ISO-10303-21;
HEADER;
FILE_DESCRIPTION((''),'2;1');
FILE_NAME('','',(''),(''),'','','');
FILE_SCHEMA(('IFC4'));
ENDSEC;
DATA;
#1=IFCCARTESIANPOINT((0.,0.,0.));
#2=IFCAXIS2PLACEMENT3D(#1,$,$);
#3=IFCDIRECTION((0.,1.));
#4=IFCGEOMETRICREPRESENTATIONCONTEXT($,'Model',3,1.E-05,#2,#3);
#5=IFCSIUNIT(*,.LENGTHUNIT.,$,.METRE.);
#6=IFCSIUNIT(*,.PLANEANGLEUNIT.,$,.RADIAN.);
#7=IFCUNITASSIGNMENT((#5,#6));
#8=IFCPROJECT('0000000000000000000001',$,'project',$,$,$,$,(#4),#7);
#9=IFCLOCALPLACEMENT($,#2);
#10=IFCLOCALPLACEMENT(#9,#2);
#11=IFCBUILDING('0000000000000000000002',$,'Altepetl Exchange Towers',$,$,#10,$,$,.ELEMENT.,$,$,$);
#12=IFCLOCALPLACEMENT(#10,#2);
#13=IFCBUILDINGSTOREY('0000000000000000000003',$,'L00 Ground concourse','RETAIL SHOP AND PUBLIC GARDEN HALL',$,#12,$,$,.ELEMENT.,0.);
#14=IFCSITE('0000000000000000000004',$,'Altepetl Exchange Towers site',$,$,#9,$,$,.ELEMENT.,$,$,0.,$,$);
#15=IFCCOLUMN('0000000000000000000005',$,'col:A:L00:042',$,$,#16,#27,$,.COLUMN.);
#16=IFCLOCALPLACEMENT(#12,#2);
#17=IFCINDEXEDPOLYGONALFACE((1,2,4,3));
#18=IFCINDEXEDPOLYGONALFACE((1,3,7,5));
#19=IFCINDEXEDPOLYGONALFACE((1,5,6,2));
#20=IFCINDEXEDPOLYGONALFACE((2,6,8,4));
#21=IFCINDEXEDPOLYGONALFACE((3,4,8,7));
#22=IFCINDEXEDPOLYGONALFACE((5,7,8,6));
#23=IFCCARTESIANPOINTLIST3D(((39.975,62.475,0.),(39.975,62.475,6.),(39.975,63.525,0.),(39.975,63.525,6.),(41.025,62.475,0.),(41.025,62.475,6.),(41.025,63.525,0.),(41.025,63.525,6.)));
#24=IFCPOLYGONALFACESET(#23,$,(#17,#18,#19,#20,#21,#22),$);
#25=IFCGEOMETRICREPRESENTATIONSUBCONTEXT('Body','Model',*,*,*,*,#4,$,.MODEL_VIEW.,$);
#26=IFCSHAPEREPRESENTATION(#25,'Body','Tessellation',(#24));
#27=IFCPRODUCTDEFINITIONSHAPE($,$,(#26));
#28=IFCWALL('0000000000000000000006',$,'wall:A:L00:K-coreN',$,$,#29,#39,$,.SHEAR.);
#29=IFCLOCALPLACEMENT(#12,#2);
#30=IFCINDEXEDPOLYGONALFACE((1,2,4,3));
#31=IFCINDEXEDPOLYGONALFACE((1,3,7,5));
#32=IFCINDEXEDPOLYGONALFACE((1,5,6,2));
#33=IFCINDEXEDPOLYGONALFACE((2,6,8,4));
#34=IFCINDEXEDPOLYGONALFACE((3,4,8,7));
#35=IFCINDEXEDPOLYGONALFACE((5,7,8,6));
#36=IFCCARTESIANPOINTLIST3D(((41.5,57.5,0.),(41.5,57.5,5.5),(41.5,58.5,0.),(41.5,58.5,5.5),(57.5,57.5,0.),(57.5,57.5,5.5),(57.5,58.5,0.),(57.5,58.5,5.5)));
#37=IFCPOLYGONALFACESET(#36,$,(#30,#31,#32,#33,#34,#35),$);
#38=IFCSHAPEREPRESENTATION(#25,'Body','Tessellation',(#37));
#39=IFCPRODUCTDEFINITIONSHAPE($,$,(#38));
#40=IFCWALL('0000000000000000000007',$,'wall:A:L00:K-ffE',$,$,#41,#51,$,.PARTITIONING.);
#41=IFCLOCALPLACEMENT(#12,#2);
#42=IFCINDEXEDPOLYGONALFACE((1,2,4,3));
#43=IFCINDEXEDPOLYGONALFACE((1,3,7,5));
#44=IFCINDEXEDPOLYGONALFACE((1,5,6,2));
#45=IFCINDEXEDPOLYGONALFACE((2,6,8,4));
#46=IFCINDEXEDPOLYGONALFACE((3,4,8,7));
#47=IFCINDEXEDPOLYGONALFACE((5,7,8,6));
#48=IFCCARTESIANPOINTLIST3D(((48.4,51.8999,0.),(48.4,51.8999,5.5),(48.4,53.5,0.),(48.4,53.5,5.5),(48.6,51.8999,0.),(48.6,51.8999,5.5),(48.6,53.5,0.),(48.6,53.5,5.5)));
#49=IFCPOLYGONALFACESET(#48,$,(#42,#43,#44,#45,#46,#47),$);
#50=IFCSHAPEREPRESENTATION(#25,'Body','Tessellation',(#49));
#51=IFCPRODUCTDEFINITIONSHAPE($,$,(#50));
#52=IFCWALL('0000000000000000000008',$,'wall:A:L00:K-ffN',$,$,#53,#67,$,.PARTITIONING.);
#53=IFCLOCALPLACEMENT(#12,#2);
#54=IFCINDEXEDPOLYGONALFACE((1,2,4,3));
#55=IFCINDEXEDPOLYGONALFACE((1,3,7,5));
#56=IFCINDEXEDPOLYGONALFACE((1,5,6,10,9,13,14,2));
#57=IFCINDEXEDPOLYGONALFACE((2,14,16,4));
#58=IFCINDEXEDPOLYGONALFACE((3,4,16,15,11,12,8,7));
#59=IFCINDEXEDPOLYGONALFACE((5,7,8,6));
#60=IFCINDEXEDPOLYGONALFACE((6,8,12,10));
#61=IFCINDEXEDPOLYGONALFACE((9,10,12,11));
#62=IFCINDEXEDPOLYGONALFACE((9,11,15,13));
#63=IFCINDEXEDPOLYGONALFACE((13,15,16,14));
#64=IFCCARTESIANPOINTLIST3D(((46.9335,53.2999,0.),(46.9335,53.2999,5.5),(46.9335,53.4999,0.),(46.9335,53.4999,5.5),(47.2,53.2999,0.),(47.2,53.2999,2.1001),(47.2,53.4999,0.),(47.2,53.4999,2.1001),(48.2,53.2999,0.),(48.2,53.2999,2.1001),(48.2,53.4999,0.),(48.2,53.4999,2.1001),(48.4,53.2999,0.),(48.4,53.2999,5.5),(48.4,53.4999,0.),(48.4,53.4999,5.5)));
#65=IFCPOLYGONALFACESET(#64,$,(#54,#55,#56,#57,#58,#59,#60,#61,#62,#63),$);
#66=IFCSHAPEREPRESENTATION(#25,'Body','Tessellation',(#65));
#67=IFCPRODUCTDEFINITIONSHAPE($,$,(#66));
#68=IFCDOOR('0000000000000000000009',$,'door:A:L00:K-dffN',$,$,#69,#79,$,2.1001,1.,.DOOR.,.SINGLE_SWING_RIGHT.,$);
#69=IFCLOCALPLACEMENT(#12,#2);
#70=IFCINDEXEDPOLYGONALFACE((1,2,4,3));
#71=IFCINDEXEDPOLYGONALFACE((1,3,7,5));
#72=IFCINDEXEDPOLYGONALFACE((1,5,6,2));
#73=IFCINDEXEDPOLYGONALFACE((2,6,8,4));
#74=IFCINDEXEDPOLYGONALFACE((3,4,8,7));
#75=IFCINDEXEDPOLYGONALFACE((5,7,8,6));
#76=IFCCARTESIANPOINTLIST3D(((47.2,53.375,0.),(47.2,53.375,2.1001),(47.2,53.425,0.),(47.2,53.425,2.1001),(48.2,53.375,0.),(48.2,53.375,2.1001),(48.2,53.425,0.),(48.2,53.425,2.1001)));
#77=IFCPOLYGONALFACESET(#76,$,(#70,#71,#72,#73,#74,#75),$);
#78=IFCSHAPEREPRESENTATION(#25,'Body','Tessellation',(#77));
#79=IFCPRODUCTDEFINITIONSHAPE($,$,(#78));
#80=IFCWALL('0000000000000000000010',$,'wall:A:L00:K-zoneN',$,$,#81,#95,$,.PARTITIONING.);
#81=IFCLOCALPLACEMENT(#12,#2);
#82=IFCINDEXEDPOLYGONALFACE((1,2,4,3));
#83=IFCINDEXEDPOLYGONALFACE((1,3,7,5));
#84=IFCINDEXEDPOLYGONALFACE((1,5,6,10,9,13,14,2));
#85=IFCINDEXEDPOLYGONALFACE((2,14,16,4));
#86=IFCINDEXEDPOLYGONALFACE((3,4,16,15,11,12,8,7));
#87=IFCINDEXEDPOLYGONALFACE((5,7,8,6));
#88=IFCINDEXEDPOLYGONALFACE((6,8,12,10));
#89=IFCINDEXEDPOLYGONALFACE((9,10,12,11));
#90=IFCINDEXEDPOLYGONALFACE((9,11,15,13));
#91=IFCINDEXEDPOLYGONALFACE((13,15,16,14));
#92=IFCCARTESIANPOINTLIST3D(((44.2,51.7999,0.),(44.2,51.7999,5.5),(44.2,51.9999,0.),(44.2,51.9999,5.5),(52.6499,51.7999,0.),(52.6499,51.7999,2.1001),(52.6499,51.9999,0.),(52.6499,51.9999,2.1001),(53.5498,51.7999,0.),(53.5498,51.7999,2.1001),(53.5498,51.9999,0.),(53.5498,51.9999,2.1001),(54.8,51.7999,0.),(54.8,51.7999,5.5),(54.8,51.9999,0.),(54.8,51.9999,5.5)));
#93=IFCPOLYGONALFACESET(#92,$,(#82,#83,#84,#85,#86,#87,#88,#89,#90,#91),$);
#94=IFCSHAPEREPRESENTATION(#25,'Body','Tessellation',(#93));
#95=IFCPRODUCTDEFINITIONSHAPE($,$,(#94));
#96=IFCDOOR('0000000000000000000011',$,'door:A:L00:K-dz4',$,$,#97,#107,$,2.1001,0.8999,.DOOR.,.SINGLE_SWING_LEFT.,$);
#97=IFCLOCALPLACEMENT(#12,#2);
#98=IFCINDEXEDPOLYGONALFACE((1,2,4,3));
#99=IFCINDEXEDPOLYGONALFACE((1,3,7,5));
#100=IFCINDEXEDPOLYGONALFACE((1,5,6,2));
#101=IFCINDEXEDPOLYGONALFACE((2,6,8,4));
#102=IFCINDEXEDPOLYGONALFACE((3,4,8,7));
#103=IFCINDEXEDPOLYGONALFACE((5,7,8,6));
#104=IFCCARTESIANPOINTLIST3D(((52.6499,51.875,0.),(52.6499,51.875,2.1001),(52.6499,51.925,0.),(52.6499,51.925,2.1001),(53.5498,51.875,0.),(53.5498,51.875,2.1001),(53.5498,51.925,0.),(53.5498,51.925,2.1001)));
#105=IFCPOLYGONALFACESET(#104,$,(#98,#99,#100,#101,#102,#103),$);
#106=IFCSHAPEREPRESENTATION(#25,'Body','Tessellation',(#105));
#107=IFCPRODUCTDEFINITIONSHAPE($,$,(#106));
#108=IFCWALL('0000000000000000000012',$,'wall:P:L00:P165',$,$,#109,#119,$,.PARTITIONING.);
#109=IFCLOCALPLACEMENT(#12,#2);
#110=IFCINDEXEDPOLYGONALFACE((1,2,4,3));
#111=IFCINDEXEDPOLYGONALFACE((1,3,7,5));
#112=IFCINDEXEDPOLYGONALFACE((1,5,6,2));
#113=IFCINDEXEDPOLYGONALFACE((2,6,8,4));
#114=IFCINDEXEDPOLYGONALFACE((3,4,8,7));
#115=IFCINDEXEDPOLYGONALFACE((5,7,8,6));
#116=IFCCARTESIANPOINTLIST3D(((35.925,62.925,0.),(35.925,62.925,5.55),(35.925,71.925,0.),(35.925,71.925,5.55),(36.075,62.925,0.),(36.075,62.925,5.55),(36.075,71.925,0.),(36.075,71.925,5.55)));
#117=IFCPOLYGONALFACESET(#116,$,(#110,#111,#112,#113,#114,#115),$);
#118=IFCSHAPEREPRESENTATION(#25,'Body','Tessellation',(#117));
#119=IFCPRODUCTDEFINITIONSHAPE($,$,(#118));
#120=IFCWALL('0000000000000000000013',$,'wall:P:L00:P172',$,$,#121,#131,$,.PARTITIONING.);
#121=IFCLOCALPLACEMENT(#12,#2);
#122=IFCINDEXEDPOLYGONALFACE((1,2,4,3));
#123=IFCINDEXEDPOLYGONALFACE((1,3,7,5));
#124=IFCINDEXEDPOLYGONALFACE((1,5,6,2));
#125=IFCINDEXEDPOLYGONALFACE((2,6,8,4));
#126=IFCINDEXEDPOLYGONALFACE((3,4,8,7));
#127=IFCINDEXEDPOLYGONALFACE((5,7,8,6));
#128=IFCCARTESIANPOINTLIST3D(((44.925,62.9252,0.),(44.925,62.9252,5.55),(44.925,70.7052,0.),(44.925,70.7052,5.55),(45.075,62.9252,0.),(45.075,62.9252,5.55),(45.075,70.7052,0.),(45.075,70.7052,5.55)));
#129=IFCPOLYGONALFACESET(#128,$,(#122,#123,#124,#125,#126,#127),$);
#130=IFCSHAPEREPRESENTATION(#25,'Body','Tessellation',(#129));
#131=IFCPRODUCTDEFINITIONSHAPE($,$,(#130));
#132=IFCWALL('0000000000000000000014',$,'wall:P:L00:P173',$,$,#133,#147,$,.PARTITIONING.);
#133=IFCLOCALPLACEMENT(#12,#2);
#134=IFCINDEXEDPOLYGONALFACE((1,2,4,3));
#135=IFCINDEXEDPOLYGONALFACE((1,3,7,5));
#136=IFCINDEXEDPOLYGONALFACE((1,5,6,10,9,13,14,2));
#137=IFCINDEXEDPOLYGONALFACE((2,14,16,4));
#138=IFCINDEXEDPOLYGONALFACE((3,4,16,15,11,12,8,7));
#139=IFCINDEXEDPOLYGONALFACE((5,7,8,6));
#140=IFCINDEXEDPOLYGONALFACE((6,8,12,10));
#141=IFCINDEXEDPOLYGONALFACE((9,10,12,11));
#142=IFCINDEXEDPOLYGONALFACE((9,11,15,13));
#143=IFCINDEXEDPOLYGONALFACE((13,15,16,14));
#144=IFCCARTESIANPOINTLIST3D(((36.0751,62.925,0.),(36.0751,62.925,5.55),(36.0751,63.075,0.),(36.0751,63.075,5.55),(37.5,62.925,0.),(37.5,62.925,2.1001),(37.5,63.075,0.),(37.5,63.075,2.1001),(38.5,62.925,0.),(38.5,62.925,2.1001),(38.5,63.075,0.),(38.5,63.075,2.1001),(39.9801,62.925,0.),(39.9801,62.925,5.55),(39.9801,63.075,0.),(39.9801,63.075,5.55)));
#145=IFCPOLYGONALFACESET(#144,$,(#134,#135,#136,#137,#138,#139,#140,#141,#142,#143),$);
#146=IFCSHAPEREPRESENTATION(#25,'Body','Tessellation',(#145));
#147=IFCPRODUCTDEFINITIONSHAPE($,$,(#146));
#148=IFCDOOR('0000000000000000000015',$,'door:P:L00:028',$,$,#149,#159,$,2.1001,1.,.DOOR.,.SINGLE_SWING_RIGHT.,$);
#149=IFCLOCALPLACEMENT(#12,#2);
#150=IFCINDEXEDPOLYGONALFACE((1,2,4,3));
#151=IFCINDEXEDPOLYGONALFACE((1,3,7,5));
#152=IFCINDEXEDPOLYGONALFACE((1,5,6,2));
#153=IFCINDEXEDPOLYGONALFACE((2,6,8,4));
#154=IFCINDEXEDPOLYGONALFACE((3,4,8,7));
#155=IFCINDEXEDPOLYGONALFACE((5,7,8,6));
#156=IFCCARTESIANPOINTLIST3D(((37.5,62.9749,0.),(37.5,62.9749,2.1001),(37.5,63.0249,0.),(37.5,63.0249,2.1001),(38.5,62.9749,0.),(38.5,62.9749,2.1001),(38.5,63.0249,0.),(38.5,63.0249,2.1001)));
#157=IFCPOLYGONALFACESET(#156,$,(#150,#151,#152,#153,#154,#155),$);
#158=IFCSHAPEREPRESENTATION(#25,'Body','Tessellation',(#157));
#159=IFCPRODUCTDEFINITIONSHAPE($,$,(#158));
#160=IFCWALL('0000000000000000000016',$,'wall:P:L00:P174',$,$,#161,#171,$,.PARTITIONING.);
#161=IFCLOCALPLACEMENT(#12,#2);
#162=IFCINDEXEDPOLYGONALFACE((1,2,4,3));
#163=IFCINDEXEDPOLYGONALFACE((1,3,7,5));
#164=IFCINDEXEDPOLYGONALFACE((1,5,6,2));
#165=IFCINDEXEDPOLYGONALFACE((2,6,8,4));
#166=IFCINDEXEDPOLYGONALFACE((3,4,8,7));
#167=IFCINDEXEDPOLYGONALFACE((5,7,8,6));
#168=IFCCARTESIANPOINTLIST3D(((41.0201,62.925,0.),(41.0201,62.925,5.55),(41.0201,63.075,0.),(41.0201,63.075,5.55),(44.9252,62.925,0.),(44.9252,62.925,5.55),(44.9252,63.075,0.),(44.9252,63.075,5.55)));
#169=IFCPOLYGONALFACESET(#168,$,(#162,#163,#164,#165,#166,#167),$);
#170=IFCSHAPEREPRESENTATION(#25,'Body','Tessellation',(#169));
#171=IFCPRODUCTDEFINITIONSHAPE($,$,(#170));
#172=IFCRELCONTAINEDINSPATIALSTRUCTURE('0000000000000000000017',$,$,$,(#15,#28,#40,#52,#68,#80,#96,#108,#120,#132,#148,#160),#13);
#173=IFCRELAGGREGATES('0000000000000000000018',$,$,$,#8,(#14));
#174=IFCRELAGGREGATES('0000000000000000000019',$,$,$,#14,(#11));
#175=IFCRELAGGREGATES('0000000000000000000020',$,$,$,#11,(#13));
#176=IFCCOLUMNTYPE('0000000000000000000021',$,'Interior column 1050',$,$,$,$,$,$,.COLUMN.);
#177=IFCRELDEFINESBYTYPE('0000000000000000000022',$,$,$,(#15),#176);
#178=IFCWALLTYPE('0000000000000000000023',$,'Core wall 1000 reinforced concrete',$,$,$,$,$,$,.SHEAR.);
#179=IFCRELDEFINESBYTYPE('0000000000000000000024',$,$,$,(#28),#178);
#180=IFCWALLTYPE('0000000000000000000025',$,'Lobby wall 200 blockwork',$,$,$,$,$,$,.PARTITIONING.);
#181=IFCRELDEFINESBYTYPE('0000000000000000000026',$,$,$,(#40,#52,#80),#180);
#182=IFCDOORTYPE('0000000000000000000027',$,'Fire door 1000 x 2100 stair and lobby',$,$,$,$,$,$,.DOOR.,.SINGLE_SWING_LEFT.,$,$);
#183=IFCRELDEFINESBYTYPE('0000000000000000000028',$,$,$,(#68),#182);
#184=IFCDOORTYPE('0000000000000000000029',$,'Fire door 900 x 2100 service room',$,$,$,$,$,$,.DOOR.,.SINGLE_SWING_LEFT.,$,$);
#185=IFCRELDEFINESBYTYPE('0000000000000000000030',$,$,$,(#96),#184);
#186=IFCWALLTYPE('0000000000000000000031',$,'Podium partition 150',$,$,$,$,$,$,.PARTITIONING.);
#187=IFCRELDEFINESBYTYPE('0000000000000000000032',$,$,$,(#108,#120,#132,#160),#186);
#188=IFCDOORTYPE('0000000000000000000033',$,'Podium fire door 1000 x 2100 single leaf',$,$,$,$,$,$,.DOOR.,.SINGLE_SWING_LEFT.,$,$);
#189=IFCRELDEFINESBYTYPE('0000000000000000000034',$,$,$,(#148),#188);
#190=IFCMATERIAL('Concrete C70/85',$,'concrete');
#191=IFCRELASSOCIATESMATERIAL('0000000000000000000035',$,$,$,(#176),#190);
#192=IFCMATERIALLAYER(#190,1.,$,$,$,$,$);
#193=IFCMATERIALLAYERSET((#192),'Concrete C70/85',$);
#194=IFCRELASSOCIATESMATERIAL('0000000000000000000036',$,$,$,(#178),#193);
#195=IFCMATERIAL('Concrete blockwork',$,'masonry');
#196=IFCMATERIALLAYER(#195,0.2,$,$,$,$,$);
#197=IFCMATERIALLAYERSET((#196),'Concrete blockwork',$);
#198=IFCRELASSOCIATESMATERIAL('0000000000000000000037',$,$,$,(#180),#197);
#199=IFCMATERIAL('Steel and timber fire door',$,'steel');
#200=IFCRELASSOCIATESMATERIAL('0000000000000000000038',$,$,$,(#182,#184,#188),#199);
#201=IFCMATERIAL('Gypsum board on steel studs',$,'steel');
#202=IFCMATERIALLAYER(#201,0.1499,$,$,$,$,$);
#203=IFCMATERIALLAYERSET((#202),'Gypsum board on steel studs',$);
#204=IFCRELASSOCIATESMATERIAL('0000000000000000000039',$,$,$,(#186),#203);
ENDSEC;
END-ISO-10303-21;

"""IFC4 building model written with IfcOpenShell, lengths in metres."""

from ifc_helpers import new_model, si_unit, direction, frame, frame_2d, origin, origin_2d, place, context, subcontext, project, spatial, rectangle, extrude, material, layer, layer_set, material_profile, profile_set, type_object, element, fill, save


model = new_model("IFC4")

# Units and contexts
model_context = context("Model", 3, precision=1e-05, world=origin(), true_north=direction((0.0, 1.0)))
body_context = subcontext(model_context, "Body", "Model", "MODEL_VIEW")
ifc_project = project(units=[si_unit("LENGTHUNIT", "METRE"), si_unit("PLANEANGLEUNIT", "RADIAN")], contexts=[model_context])

# Site, building, storey
site_placement = place(None, origin())
site = spatial("IfcSite", under=ifc_project, at=site_placement, Name="Altepetl Exchange Towers site", CompositionType="ELEMENT", RefElevation=0.0)
building_placement = place(site_placement, origin())
building = spatial("IfcBuilding", under=site, at=building_placement, Name="Altepetl Exchange Towers", CompositionType="ELEMENT")
storey_placement = place(building_placement, origin())
storey = spatial("IfcBuildingStorey", under=building, at=storey_placement, Name="L00 Ground concourse", Description="RETAIL SHOP AND PUBLIC GARDEN HALL", CompositionType="ELEMENT", Elevation=0.0)

# Column
ifc_material_1 = material(Name="Concrete C70/85", Category="concrete")
ifc_material_profile = material_profile(ifc_material_1, rectangle(XDim=1.05, YDim=1.05, at=origin_2d()), Name="1050 x 1050")
ifc_profile_set = profile_set([ifc_material_profile], Name="Concrete C70/85")
column_type = type_object("IfcColumnType", Name="Interior column 1050", PredefinedType="COLUMN", material=ifc_profile_set)
column_placement = place(storey_placement, frame((40.5, 63.0, 0.0)))
element("IfcColumn", 1, at=column_placement, inside=storey, type_object=column_type, Name="col:A:L00:042", PredefinedType="COLUMN", context=body_context, shape_type="SweptSolid", body=[
    extrude(rectangle(XDim=1.05, YDim=1.05, at=origin_2d()), origin(), (0.0, 0.0, 1.0), 6.0),
])

# Walls
ifc_layer_1 = layer(ifc_material_1, 1.0)
ifc_layer_set_1 = layer_set([ifc_layer_1], Name="Concrete C70/85")
wall_type_1 = type_object("IfcWallType", Name="Core wall 1000 reinforced concrete", PredefinedType="SHEAR", material=ifc_layer_set_1)
wall_1_placement = place(storey_placement, frame((41.5, 58.0, 0.0)))
element("IfcWall", 2, at=wall_1_placement, inside=storey, type_object=wall_type_1, Name="wall:A:L00:K-coreN", PredefinedType="SHEAR", context=body_context, shape_type="SweptSolid", body=[
    extrude(rectangle(XDim=16.0, YDim=1.0, at=frame_2d((8.0, 0.0))), origin(), (0.0, 0.0, 1.0), 5.5),
])
ifc_material_2 = material(Name="Concrete blockwork", Category="masonry")
ifc_layer_2 = layer(ifc_material_2, 0.2)
ifc_layer_set_2 = layer_set([ifc_layer_2], Name="Concrete blockwork")
wall_type_2 = type_object("IfcWallType", Name="Lobby wall 200 blockwork", PredefinedType="PARTITIONING", material=ifc_layer_set_2)
wall_2_placement = place(storey_placement, frame((48.5, 51.8999, 0.0), z_axis=(0.0, 0.0, 1.0), x_axis=(0.0, 1.0, 0.0)))
element("IfcWall", 3, at=wall_2_placement, inside=storey, type_object=wall_type_2, Name="wall:A:L00:K-ffE", PredefinedType="PARTITIONING", context=body_context, shape_type="SweptSolid", body=[
    extrude(rectangle(XDim=1.6001, YDim=0.2, at=frame_2d((0.8, 0.0))), origin(), (0.0, 0.0, 1.0), 5.5),
])

# Walls, openings, doors
wall_3_placement = place(storey_placement, frame((46.9333, 53.3999, 0.0)))
wall_3 = element("IfcWall", 4, at=wall_3_placement, inside=storey, type_object=wall_type_2, Name="wall:A:L00:K-ffN", PredefinedType="PARTITIONING", context=body_context, shape_type="SweptSolid", body=[
    extrude(rectangle(XDim=1.4666, YDim=0.2, at=frame_2d((0.7334, 0.0))), origin(), (0.0, 0.0, 1.0), 5.5),
])
opening_1_placement = place(wall_3_placement, frame((0.2666, 0.0, 0.0)))
opening_1 = element("IfcOpeningElement", 5, at=opening_1_placement, cuts=wall_3, PredefinedType="OPENING", context=body_context, shape_type="SweptSolid", body=[
    extrude(rectangle(XDim=1.0, YDim=2.1001, at=frame_2d((0.5, 1.05))), frame((0.0, 0.1099, 0.0), z_axis=(0.0, -1.0, 0.0), x_axis=(1.0, 0.0, 0.0)), (0.0, 0.0, 1.0), 0.22),
])
ifc_material_3 = material(Name="Steel and timber fire door", Category="steel")
door_type_1 = type_object("IfcDoorType", Name="Fire door 1000 x 2100 stair and lobby", OperationType="SINGLE_SWING_LEFT", PredefinedType="DOOR", material=ifc_material_3)
door_1_placement = place(opening_1_placement, frame((1.0, 0.0, 0.0), x_axis=(-1.0, 0.0, 0.0)))
door_1 = element("IfcDoor", 6, at=door_1_placement, inside=storey, type_object=door_type_1, Name="door:A:L00:K-dffN", OperationType="SINGLE_SWING_RIGHT", OverallHeight=2.1001, OverallWidth=1.0, PredefinedType="DOOR", context=body_context, shape_type="SweptSolid", body=[
    extrude(rectangle(XDim=1.0, YDim=2.1001, at=frame_2d((0.5, 1.05))), frame((0.0, 0.0249, 0.0), z_axis=(0.0, -1.0, 0.0), x_axis=(1.0, 0.0, 0.0)), (0.0, 0.0, 1.0), 0.05),
])
fill(opening_1, door_1)
wall_4_placement = place(storey_placement, frame((44.2, 51.8999, 0.0)))
wall_4 = element("IfcWall", 7, at=wall_4_placement, inside=storey, type_object=wall_type_2, Name="wall:A:L00:K-zoneN", PredefinedType="PARTITIONING", context=body_context, shape_type="SweptSolid", body=[
    extrude(rectangle(XDim=10.6001, YDim=0.2, at=frame_2d((5.3, 0.0))), origin(), (0.0, 0.0, 1.0), 5.5),
])
opening_2_placement = place(wall_4_placement, frame((8.45, 0.0, 0.0)))
opening_2 = element("IfcOpeningElement", 8, at=opening_2_placement, cuts=wall_4, PredefinedType="OPENING", context=body_context, shape_type="SweptSolid", body=[
    extrude(rectangle(XDim=0.8999, YDim=2.1001, at=frame_2d((0.45, 1.05))), frame((0.0, 0.1099, 0.0), z_axis=(0.0, -1.0, 0.0), x_axis=(1.0, 0.0, 0.0)), (0.0, 0.0, 1.0), 0.22),
])
door_type_2 = type_object("IfcDoorType", Name="Fire door 900 x 2100 service room", OperationType="SINGLE_SWING_LEFT", PredefinedType="DOOR", material=ifc_material_3)
door_2_placement = place(opening_2_placement, frame((0.8999, 0.0, 0.0), x_axis=(-1.0, 0.0, 0.0)))
door_2 = element("IfcDoor", 9, at=door_2_placement, inside=storey, type_object=door_type_2, Name="door:A:L00:K-dz4", OperationType="SINGLE_SWING_LEFT", OverallHeight=2.1001, OverallWidth=0.8999, PredefinedType="DOOR", context=body_context, shape_type="SweptSolid", body=[
    extrude(rectangle(XDim=0.8999, YDim=2.1001, at=frame_2d((0.45, 1.05))), frame((0.0, 0.0249, 0.0), z_axis=(0.0, -1.0, 0.0), x_axis=(1.0, 0.0, 0.0)), (0.0, 0.0, 1.0), 0.05),
])
fill(opening_2, door_2)

# Walls
ifc_material_4 = material(Name="Gypsum board on steel studs", Category="steel")
ifc_layer_3 = layer(ifc_material_4, 0.1499)
ifc_layer_set_3 = layer_set([ifc_layer_3], Name="Gypsum board on steel studs")
wall_type_3 = type_object("IfcWallType", Name="Podium partition 150", PredefinedType="PARTITIONING", material=ifc_layer_set_3)
wall_5_placement = place(storey_placement, frame((36.0, 62.925, 0.0), z_axis=(0.0, 0.0, 1.0), x_axis=(0.0, 1.0, 0.0)))
element("IfcWall", 10, at=wall_5_placement, inside=storey, type_object=wall_type_3, Name="wall:P:L00:P165", PredefinedType="PARTITIONING", context=body_context, shape_type="SweptSolid", body=[
    extrude(rectangle(XDim=9.0, YDim=0.1499, at=frame_2d((4.5, 0.0))), origin(), (0.0, 0.0, 1.0), 5.55),
])
wall_6_placement = place(storey_placement, frame((45.0, 62.925, 0.0), z_axis=(0.0, 0.0, 1.0), x_axis=(0.0, 1.0, 0.0)))
element("IfcWall", 11, at=wall_6_placement, inside=storey, type_object=wall_type_3, Name="wall:P:L00:P172", PredefinedType="PARTITIONING", context=body_context, shape_type="SweptSolid", body=[
    extrude(rectangle(XDim=7.78, YDim=0.1499, at=frame_2d((3.8901, 0.0))), origin(), (0.0, 0.0, 1.0), 5.55),
])

# Wall, opening, door
wall_7_placement = place(storey_placement, frame((36.075, 63.0, 0.0)))
wall_7 = element("IfcWall", 12, at=wall_7_placement, inside=storey, type_object=wall_type_3, Name="wall:P:L00:P173", PredefinedType="PARTITIONING", context=body_context, shape_type="SweptSolid", body=[
    extrude(rectangle(XDim=3.905, YDim=0.1499, at=frame_2d((1.9526, 0.0))), origin(), (0.0, 0.0, 1.0), 5.55),
])
opening_3_placement = place(wall_7_placement, frame((1.425, 0.0, 0.0)))
opening_3 = element("IfcOpeningElement", 13, at=opening_3_placement, cuts=wall_7, PredefinedType="OPENING", context=body_context, shape_type="SweptSolid", body=[
    extrude(rectangle(XDim=1.0, YDim=2.1001, at=frame_2d((0.5, 1.05))), frame((0.0, 0.085, 0.0), z_axis=(0.0, -1.0, 0.0), x_axis=(1.0, 0.0, 0.0)), (0.0, 0.0, 1.0), 0.1699),
])
door_type_3 = type_object("IfcDoorType", Name="Podium fire door 1000 x 2100 single leaf", OperationType="SINGLE_SWING_LEFT", PredefinedType="DOOR", material=ifc_material_3)
door_3_placement = place(opening_3_placement, origin())
door_3 = element("IfcDoor", 14, at=door_3_placement, inside=storey, type_object=door_type_3, Name="door:P:L00:028", OperationType="SINGLE_SWING_RIGHT", OverallHeight=2.1001, OverallWidth=1.0, PredefinedType="DOOR", context=body_context, shape_type="SweptSolid", body=[
    extrude(rectangle(XDim=1.0, YDim=2.1001, at=frame_2d((0.5, 1.05))), frame((0.0, 0.0249, 0.0), z_axis=(0.0, -1.0, 0.0), x_axis=(1.0, 0.0, 0.0)), (0.0, 0.0, 1.0), 0.05),
])
fill(opening_3, door_3)

# Wall
wall_8_placement = place(storey_placement, frame((41.02, 63.0, 0.0)))
element("IfcWall", 15, at=wall_8_placement, inside=storey, type_object=wall_type_3, Name="wall:P:L00:P174", PredefinedType="PARTITIONING", context=body_context, shape_type="SweptSolid", body=[
    extrude(rectangle(XDim=3.905, YDim=0.1499, at=frame_2d((1.9526, 0.0))), origin(), (0.0, 0.0, 1.0), 5.55),
])

save(model, "model.ifc")
